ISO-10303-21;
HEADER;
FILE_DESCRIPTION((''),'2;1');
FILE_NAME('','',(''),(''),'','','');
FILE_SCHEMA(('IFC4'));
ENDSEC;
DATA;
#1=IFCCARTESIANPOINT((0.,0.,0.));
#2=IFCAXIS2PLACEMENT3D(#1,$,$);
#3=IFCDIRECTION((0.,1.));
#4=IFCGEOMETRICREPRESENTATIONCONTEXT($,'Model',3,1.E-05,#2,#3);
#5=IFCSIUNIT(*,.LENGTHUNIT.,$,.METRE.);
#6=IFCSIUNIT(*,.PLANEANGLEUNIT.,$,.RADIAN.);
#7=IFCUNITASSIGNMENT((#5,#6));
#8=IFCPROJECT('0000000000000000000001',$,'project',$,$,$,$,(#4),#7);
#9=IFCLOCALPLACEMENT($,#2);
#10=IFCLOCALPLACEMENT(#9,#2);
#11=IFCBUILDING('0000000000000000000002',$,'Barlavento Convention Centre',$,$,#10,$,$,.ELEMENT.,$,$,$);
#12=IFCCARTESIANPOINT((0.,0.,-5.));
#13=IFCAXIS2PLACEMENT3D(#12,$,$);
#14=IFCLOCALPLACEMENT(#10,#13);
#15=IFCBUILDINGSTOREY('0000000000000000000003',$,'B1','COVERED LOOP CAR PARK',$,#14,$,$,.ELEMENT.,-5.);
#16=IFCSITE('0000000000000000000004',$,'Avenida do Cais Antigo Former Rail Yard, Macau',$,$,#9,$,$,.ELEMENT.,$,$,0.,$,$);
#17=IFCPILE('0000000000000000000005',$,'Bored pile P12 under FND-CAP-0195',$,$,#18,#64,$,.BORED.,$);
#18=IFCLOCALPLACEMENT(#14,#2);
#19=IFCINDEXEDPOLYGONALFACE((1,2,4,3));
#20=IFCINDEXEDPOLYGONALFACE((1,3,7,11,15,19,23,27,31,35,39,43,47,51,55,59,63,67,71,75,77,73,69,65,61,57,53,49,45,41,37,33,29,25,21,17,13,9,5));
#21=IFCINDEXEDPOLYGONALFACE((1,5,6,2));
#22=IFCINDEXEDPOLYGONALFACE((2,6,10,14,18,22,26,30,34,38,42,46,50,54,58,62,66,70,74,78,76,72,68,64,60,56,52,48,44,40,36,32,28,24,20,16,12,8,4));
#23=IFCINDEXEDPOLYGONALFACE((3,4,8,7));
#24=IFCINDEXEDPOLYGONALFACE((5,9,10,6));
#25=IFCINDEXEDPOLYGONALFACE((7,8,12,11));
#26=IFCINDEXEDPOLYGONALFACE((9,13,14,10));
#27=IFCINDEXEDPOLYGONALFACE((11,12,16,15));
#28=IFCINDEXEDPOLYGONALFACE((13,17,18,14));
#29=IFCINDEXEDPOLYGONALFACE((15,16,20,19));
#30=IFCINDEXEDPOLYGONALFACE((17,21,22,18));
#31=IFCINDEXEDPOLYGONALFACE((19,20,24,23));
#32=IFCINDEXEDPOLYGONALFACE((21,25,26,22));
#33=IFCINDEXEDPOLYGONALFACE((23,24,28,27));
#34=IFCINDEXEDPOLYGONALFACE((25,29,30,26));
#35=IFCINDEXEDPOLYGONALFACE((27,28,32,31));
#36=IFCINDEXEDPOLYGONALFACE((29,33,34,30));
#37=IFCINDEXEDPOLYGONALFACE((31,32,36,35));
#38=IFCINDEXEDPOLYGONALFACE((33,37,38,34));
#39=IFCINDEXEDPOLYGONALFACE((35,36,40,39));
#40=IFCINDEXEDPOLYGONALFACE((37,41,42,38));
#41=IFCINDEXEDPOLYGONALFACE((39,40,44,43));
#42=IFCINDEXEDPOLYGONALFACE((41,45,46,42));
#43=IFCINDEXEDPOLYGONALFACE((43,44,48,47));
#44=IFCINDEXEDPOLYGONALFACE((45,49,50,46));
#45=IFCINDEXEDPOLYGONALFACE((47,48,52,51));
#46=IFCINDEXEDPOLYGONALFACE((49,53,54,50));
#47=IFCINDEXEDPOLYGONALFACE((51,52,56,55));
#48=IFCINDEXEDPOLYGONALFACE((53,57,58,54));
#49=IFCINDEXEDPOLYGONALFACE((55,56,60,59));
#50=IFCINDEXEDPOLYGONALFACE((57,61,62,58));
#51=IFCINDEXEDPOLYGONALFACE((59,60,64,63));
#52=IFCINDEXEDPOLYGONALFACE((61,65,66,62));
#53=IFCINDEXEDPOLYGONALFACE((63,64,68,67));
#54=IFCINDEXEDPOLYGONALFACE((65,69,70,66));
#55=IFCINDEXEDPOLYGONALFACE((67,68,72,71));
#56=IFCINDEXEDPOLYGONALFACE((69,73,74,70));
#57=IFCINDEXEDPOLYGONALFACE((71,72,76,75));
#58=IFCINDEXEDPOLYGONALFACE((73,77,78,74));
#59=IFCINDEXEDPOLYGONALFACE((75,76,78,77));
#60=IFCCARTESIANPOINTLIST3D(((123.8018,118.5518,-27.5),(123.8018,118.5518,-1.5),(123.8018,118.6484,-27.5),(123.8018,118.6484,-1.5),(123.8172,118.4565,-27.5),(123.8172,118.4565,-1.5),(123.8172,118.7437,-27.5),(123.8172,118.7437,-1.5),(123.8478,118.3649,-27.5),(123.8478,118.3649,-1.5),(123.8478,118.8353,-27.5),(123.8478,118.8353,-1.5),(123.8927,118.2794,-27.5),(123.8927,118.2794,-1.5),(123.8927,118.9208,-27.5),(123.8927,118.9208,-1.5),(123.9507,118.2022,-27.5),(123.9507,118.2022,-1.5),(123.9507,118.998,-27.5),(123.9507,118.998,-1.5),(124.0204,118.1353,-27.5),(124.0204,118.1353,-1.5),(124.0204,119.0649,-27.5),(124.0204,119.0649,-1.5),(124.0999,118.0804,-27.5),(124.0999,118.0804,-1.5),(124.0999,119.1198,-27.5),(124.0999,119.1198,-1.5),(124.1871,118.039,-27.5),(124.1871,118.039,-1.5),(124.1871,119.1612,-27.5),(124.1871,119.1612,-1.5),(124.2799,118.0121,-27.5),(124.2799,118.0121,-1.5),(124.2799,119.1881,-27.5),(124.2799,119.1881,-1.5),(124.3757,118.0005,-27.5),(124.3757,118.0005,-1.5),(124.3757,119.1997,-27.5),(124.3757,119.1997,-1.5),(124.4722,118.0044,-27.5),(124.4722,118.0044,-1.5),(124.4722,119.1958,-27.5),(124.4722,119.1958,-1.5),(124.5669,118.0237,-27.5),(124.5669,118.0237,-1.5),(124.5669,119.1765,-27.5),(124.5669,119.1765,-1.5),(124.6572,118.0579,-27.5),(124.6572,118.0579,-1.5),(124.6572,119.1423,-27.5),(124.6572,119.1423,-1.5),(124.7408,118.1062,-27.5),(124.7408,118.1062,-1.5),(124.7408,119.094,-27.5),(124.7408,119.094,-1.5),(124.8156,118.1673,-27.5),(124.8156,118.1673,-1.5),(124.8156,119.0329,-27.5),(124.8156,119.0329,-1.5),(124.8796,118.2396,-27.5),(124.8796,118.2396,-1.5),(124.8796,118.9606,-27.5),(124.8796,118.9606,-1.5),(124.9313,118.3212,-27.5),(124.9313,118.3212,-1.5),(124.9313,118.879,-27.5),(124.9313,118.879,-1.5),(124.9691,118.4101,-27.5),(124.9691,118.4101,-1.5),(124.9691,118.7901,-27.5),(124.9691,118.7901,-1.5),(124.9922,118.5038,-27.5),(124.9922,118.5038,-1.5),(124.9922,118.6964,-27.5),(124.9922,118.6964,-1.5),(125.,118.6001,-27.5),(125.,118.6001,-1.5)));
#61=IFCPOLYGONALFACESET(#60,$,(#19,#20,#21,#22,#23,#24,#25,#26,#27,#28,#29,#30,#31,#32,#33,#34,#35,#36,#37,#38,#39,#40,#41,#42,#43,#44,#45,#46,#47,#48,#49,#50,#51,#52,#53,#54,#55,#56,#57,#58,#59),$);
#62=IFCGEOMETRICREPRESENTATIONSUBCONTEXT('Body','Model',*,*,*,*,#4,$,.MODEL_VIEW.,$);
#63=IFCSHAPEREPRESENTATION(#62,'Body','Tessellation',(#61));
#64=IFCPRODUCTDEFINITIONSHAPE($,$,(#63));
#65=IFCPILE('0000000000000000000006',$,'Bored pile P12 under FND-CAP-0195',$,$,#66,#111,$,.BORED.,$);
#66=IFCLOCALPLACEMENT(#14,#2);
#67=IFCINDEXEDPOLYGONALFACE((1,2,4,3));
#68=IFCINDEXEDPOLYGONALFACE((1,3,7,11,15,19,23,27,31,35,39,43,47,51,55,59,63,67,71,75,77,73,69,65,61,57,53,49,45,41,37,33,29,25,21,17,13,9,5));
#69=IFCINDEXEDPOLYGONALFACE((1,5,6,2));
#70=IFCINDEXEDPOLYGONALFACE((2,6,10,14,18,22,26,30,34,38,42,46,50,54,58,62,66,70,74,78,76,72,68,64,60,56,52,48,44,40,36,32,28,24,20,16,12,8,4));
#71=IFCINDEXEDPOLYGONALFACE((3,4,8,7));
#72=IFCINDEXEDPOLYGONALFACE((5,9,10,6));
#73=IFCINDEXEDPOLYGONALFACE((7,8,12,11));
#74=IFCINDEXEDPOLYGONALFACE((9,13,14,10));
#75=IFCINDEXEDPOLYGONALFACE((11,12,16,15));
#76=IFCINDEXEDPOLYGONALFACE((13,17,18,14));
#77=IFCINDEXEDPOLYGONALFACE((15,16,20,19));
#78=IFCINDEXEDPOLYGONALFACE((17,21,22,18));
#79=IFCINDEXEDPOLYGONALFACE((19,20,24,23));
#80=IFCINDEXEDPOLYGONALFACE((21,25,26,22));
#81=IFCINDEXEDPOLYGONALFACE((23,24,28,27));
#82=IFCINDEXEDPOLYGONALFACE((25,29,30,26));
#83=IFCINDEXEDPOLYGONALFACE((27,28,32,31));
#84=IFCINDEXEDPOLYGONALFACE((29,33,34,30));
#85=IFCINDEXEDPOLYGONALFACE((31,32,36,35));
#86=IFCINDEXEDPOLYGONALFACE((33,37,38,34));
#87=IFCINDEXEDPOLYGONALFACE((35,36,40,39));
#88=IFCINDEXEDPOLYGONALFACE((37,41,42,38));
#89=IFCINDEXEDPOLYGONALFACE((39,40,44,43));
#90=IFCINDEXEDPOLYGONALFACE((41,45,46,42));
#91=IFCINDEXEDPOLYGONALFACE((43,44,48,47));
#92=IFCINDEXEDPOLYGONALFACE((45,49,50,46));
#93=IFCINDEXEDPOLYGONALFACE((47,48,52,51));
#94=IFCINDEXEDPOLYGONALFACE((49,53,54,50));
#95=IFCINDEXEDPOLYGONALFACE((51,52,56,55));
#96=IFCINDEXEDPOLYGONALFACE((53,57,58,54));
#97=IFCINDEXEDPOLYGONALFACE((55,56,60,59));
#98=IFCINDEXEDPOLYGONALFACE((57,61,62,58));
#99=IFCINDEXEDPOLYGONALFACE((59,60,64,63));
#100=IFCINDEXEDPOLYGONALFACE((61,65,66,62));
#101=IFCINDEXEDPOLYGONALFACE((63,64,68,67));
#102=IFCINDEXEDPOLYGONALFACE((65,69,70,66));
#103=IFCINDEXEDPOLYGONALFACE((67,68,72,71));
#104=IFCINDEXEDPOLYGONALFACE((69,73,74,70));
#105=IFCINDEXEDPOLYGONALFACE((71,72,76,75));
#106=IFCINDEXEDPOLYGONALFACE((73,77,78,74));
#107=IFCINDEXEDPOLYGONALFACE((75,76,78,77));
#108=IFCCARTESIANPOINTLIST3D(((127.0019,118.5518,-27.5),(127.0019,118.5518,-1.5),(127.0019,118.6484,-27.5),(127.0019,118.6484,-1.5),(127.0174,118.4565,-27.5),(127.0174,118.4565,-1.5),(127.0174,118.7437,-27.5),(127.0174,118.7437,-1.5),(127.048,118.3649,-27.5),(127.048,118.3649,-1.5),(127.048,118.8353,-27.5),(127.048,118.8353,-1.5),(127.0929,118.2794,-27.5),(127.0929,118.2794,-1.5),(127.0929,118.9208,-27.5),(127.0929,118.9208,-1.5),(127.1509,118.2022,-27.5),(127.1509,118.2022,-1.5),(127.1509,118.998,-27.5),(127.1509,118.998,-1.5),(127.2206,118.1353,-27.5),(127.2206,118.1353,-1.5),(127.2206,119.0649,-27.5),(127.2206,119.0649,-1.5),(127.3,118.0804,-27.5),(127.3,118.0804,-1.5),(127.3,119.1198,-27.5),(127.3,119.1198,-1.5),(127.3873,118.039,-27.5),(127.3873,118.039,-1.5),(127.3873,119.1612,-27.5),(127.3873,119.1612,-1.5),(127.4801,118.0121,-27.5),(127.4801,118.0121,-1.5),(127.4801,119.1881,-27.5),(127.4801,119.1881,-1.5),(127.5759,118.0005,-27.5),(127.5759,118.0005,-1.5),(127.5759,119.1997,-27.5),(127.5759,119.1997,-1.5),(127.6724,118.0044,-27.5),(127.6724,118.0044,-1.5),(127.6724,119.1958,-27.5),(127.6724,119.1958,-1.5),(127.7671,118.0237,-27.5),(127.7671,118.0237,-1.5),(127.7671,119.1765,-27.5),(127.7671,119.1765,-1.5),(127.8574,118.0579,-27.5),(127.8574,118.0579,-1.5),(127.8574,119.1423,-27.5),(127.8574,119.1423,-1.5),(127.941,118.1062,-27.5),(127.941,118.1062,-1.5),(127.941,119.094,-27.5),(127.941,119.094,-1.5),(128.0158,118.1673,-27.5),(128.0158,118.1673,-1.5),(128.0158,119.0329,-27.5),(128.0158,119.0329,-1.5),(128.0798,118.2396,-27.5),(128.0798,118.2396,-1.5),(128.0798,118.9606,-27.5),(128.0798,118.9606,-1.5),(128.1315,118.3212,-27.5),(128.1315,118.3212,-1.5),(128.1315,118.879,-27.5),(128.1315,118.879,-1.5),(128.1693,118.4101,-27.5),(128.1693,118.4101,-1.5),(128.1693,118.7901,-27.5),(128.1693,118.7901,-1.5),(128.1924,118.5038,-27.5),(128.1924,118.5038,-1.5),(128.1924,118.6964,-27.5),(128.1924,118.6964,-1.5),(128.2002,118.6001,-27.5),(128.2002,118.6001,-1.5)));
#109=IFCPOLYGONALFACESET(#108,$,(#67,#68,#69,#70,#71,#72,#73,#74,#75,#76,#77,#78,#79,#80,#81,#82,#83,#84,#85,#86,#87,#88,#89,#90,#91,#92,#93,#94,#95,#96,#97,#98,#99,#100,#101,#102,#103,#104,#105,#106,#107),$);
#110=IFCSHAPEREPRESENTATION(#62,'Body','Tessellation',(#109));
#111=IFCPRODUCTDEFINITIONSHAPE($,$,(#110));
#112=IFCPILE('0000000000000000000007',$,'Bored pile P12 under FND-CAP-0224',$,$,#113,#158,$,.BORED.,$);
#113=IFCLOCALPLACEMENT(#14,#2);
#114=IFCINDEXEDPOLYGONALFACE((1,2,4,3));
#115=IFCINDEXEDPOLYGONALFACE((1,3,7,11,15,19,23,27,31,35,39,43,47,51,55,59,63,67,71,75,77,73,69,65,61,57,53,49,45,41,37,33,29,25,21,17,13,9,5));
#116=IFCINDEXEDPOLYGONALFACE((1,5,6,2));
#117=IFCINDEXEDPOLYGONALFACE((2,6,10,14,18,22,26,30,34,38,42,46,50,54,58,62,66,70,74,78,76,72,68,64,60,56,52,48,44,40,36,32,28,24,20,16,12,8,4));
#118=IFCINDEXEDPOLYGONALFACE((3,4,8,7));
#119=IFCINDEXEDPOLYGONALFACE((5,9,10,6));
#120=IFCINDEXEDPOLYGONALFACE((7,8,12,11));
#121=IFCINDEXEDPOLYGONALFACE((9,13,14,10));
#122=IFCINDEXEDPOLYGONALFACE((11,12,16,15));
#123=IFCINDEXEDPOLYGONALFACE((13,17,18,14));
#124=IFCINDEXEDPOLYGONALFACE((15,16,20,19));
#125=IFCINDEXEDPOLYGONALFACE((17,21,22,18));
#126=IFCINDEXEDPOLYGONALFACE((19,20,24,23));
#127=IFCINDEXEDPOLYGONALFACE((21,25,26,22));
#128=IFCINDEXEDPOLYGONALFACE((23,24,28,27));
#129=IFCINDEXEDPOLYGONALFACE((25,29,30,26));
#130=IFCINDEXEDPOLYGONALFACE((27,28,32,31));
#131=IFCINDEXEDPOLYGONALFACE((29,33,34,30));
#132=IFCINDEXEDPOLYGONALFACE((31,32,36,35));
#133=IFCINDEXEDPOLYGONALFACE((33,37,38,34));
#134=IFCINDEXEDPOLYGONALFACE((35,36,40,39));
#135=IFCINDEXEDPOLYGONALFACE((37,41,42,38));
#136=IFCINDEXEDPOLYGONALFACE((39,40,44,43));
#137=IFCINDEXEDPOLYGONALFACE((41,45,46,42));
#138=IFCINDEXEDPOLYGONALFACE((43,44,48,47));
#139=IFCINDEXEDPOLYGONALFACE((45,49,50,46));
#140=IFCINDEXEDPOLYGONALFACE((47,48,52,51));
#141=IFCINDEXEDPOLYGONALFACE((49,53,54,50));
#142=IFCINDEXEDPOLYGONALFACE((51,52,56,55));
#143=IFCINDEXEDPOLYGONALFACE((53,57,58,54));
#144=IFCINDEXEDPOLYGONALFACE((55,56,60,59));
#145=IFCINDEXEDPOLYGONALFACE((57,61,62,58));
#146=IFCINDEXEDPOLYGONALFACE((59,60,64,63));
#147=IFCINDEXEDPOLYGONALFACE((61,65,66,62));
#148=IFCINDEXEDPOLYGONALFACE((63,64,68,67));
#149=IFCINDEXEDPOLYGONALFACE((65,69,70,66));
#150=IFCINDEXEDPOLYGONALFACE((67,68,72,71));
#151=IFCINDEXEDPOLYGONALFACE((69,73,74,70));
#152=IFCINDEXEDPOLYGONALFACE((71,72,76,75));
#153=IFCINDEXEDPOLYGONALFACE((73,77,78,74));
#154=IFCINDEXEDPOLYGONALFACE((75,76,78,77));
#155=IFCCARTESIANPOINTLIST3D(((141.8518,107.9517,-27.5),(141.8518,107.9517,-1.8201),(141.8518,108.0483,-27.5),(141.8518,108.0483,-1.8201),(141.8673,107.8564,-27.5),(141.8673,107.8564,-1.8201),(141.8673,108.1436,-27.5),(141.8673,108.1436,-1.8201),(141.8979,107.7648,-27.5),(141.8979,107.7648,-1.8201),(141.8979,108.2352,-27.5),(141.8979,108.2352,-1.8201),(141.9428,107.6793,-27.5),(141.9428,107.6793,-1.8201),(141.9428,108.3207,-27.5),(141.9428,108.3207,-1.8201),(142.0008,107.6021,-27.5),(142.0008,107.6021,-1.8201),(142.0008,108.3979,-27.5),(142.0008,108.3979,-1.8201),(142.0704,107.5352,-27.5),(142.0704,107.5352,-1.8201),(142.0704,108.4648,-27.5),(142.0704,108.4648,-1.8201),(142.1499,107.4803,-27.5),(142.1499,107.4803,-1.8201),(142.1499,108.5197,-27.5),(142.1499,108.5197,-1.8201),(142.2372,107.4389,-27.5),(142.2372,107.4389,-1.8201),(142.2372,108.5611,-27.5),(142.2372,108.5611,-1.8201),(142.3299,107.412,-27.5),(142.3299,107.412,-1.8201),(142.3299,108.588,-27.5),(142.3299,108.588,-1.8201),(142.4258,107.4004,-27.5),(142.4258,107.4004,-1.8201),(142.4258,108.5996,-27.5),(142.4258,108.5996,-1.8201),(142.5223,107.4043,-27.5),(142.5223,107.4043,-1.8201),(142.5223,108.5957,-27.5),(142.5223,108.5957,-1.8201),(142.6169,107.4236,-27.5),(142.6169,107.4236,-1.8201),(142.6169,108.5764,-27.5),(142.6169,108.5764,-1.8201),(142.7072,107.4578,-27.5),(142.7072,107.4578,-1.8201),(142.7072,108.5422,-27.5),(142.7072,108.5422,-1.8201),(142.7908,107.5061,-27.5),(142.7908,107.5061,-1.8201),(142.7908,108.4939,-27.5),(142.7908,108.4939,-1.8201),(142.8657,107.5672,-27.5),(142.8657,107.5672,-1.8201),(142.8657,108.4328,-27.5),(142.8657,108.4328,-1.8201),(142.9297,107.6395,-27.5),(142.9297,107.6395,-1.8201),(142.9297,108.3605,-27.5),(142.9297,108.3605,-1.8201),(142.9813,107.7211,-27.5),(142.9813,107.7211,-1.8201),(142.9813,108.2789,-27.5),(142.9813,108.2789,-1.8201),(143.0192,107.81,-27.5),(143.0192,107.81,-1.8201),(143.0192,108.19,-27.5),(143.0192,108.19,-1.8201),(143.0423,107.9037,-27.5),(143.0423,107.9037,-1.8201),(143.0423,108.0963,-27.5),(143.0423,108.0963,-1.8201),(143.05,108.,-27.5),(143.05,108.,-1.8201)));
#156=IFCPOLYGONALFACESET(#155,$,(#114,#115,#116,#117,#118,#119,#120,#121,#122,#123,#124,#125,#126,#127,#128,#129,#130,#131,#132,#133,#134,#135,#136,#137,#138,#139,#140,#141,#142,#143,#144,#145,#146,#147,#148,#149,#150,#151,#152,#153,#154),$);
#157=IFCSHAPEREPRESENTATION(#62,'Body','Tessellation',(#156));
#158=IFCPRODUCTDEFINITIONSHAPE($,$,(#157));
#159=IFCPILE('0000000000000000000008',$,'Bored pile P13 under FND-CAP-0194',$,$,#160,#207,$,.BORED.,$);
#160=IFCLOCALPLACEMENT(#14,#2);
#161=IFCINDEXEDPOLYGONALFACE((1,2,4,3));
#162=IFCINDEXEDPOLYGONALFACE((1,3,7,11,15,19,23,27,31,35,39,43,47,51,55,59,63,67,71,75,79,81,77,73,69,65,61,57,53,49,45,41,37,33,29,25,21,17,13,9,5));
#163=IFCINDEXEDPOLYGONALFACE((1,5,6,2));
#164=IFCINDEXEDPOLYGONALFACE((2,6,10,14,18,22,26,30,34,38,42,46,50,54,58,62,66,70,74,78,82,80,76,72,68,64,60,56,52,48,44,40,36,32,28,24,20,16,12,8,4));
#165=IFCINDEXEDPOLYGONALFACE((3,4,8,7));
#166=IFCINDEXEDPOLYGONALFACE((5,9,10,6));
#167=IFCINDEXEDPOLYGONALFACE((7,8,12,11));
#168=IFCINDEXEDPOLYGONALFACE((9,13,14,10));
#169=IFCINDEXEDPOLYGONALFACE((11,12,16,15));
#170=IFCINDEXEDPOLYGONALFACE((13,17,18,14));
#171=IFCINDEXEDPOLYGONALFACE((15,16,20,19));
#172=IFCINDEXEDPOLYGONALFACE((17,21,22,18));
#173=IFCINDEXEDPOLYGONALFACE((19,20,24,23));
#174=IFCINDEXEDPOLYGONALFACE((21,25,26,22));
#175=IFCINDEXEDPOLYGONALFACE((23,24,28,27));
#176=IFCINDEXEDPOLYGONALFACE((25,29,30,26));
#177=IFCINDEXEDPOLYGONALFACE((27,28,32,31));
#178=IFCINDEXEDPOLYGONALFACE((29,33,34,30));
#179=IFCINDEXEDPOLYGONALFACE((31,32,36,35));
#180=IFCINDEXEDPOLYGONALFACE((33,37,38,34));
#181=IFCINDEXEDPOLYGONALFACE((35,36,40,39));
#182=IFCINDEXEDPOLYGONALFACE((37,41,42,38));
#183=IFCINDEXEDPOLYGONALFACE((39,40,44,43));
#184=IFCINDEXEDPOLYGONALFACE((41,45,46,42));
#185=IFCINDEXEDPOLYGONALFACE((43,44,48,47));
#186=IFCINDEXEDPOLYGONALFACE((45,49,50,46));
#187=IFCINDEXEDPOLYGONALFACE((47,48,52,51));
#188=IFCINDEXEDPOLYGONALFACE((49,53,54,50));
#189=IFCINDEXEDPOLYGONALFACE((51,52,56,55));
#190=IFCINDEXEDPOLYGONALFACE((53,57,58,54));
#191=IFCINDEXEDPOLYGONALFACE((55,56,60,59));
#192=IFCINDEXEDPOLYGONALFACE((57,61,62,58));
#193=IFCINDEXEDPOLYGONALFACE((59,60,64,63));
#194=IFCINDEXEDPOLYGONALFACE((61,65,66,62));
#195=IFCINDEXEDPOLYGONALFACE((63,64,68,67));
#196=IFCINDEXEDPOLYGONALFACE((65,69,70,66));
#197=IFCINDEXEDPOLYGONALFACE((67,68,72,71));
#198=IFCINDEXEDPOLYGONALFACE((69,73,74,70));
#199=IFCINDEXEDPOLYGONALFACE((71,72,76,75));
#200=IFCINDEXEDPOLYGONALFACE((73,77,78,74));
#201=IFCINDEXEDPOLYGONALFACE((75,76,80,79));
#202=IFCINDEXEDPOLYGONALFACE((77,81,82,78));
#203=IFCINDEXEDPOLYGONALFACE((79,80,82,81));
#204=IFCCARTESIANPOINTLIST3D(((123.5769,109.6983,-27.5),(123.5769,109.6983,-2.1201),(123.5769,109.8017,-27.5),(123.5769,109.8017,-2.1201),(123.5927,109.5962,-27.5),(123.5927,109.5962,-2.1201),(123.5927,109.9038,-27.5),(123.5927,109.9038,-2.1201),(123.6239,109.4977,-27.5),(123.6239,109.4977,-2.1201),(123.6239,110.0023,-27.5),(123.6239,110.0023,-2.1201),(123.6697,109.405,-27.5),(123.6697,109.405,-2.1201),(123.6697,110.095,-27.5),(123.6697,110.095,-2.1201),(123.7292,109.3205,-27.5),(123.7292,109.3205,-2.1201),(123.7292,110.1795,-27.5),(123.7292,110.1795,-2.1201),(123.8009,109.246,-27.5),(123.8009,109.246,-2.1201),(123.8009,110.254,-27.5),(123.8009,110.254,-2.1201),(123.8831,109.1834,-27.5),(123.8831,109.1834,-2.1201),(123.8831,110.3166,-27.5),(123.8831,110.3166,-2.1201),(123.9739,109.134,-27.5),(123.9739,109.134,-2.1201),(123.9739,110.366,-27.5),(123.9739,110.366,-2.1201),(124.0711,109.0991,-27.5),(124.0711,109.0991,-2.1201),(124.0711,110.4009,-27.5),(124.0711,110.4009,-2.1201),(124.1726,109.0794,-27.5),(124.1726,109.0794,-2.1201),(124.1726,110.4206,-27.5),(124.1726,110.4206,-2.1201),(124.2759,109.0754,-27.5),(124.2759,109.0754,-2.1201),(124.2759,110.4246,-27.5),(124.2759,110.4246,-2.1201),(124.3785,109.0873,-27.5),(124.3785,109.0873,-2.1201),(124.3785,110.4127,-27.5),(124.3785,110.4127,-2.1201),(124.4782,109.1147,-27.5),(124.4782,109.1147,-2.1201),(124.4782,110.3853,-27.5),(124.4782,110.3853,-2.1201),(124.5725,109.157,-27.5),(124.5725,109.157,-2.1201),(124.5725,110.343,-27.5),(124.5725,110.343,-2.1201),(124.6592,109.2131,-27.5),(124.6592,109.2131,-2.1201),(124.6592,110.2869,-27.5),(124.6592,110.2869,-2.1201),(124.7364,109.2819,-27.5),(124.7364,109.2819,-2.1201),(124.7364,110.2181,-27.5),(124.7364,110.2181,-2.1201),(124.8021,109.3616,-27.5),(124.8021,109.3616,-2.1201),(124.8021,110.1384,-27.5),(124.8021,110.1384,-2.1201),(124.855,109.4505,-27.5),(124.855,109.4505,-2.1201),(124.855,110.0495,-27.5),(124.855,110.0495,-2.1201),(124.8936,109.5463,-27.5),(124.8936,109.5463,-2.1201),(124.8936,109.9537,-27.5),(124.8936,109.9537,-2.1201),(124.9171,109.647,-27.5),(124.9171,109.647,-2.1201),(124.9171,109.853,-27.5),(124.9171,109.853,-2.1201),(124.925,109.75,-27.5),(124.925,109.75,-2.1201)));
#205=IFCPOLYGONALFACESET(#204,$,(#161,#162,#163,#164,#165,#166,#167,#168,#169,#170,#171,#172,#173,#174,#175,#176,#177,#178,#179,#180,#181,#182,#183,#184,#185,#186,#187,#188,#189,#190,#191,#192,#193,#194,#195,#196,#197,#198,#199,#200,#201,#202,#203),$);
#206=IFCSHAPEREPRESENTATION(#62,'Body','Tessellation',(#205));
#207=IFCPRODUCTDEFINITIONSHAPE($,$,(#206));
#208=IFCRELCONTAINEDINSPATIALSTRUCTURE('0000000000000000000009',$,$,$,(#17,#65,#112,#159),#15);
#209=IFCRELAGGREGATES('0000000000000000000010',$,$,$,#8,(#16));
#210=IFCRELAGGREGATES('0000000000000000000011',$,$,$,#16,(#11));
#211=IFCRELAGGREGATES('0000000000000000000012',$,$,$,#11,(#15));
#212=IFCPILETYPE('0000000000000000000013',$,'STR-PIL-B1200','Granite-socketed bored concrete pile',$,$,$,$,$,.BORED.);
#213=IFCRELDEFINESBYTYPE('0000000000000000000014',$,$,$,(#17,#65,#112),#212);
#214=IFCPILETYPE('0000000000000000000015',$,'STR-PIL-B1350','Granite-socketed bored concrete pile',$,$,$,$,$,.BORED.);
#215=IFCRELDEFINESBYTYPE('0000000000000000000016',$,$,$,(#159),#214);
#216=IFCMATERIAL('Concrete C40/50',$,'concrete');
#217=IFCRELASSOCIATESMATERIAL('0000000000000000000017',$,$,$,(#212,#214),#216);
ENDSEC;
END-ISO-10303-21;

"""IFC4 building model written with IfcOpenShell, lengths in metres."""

from ifc_helpers import new_model, si_unit, direction, frame, origin, origin_2d, place, context, subcontext, project, spatial, circle, extrude, material, material_profile, profile_set, type_object, element, save


model = new_model("IFC4")

# Units and contexts
model_context = context("Model", 3, precision=1e-05, world=origin(), true_north=direction((0.0, 1.0)))
body_context = subcontext(model_context, "Body", "Model", "MODEL_VIEW")
ifc_project = project(units=[si_unit("LENGTHUNIT", "METRE"), si_unit("PLANEANGLEUNIT", "RADIAN")], contexts=[model_context])

# Site, building, storey
site_placement = place(None, origin())
site = spatial("IfcSite", under=ifc_project, at=site_placement, Name="Avenida do Cais Antigo Former Rail Yard, Macau", CompositionType="ELEMENT", RefElevation=0.0)
building_placement = place(site_placement, origin())
building = spatial("IfcBuilding", under=site, at=building_placement, Name="Barlavento Convention Centre", CompositionType="ELEMENT")
storey_placement = place(building_placement, frame((0.0, 0.0, -5.0)))
storey = spatial("IfcBuildingStorey", under=building, at=storey_placement, Name="B1", Description="COVERED LOOP CAR PARK", CompositionType="ELEMENT", Elevation=-5.0)

# Shared definitions
ifc_material_1 = material(Name="Concrete C40/50", Category="concrete")

# Piles
ifc_material_profile_1 = material_profile(ifc_material_1, circle(Radius=0.6001, at=origin_2d()), Name="BORED PILE 1200")
ifc_profile_set_1 = profile_set([ifc_material_profile_1], Name="Concrete C40/50")
pile_type_1 = type_object("IfcPileType", Name="STR-PIL-B1200", Description="Granite-socketed bored concrete pile", PredefinedType="BORED", material=ifc_profile_set_1)
for number, where, z_axis, x_axis, name in (
    (1, (124.3999, 118.6001, -1.5), (0.0, 0.0, -1.0), (1.0, 0.0, 0.0), "Bored pile P12 under FND-CAP-0195"),
    (2, (127.6001, 118.6001, -1.5), (0.0, 0.0, -1.0), (1.0, 0.0, 0.0), "Bored pile P12 under FND-CAP-0195"),
):
    element("IfcPile", number, at=place(storey_placement, frame(where, z_axis=z_axis, x_axis=x_axis)), inside=storey, type_object=pile_type_1, Name=name, PredefinedType="BORED", context=body_context, shape_type="SweptSolid", body=[
        extrude(circle(Radius=0.6001, at=origin_2d()), origin(), (0.0, 0.0, 1.0), 26.0),
    ])
pile_placement = place(storey_placement, frame((142.45, 108.0, -1.8201), z_axis=(0.0, 0.0, -1.0), x_axis=(1.0, 0.0, 0.0)))
element("IfcPile", 3, at=pile_placement, inside=storey, type_object=pile_type_1, Name="Bored pile P12 under FND-CAP-0224", PredefinedType="BORED", context=body_context, shape_type="SweptSolid", body=[
    extrude(circle(Radius=0.6001, at=origin_2d()), origin(), (0.0, 0.0, 1.0), 25.6799),
])
ifc_material_profile_2 = material_profile(ifc_material_1, circle(Radius=0.675, at=origin_2d()), Name="BORED PILE 1350")
ifc_profile_set_2 = profile_set([ifc_material_profile_2], Name="Concrete C40/50")
pile_type_2 = type_object("IfcPileType", Name="STR-PIL-B1350", Description="Granite-socketed bored concrete pile", PredefinedType="BORED", material=ifc_profile_set_2)
for number, where, z_axis, x_axis, name in (
    (4, (124.25, 109.75, -2.1201), (0.0, 0.0, -1.0), (1.0, 0.0, 0.0), "Bored pile P13 under FND-CAP-0194"),
):
    element("IfcPile", number, at=place(storey_placement, frame(where, z_axis=z_axis, x_axis=x_axis)), inside=storey, type_object=pile_type_2, Name=name, PredefinedType="BORED", context=body_context, shape_type="SweptSolid", body=[
        extrude(circle(Radius=0.675, at=origin_2d()), origin(), (0.0, 0.0, 1.0), 25.3799),
    ])

save(model, "model.ifc")
